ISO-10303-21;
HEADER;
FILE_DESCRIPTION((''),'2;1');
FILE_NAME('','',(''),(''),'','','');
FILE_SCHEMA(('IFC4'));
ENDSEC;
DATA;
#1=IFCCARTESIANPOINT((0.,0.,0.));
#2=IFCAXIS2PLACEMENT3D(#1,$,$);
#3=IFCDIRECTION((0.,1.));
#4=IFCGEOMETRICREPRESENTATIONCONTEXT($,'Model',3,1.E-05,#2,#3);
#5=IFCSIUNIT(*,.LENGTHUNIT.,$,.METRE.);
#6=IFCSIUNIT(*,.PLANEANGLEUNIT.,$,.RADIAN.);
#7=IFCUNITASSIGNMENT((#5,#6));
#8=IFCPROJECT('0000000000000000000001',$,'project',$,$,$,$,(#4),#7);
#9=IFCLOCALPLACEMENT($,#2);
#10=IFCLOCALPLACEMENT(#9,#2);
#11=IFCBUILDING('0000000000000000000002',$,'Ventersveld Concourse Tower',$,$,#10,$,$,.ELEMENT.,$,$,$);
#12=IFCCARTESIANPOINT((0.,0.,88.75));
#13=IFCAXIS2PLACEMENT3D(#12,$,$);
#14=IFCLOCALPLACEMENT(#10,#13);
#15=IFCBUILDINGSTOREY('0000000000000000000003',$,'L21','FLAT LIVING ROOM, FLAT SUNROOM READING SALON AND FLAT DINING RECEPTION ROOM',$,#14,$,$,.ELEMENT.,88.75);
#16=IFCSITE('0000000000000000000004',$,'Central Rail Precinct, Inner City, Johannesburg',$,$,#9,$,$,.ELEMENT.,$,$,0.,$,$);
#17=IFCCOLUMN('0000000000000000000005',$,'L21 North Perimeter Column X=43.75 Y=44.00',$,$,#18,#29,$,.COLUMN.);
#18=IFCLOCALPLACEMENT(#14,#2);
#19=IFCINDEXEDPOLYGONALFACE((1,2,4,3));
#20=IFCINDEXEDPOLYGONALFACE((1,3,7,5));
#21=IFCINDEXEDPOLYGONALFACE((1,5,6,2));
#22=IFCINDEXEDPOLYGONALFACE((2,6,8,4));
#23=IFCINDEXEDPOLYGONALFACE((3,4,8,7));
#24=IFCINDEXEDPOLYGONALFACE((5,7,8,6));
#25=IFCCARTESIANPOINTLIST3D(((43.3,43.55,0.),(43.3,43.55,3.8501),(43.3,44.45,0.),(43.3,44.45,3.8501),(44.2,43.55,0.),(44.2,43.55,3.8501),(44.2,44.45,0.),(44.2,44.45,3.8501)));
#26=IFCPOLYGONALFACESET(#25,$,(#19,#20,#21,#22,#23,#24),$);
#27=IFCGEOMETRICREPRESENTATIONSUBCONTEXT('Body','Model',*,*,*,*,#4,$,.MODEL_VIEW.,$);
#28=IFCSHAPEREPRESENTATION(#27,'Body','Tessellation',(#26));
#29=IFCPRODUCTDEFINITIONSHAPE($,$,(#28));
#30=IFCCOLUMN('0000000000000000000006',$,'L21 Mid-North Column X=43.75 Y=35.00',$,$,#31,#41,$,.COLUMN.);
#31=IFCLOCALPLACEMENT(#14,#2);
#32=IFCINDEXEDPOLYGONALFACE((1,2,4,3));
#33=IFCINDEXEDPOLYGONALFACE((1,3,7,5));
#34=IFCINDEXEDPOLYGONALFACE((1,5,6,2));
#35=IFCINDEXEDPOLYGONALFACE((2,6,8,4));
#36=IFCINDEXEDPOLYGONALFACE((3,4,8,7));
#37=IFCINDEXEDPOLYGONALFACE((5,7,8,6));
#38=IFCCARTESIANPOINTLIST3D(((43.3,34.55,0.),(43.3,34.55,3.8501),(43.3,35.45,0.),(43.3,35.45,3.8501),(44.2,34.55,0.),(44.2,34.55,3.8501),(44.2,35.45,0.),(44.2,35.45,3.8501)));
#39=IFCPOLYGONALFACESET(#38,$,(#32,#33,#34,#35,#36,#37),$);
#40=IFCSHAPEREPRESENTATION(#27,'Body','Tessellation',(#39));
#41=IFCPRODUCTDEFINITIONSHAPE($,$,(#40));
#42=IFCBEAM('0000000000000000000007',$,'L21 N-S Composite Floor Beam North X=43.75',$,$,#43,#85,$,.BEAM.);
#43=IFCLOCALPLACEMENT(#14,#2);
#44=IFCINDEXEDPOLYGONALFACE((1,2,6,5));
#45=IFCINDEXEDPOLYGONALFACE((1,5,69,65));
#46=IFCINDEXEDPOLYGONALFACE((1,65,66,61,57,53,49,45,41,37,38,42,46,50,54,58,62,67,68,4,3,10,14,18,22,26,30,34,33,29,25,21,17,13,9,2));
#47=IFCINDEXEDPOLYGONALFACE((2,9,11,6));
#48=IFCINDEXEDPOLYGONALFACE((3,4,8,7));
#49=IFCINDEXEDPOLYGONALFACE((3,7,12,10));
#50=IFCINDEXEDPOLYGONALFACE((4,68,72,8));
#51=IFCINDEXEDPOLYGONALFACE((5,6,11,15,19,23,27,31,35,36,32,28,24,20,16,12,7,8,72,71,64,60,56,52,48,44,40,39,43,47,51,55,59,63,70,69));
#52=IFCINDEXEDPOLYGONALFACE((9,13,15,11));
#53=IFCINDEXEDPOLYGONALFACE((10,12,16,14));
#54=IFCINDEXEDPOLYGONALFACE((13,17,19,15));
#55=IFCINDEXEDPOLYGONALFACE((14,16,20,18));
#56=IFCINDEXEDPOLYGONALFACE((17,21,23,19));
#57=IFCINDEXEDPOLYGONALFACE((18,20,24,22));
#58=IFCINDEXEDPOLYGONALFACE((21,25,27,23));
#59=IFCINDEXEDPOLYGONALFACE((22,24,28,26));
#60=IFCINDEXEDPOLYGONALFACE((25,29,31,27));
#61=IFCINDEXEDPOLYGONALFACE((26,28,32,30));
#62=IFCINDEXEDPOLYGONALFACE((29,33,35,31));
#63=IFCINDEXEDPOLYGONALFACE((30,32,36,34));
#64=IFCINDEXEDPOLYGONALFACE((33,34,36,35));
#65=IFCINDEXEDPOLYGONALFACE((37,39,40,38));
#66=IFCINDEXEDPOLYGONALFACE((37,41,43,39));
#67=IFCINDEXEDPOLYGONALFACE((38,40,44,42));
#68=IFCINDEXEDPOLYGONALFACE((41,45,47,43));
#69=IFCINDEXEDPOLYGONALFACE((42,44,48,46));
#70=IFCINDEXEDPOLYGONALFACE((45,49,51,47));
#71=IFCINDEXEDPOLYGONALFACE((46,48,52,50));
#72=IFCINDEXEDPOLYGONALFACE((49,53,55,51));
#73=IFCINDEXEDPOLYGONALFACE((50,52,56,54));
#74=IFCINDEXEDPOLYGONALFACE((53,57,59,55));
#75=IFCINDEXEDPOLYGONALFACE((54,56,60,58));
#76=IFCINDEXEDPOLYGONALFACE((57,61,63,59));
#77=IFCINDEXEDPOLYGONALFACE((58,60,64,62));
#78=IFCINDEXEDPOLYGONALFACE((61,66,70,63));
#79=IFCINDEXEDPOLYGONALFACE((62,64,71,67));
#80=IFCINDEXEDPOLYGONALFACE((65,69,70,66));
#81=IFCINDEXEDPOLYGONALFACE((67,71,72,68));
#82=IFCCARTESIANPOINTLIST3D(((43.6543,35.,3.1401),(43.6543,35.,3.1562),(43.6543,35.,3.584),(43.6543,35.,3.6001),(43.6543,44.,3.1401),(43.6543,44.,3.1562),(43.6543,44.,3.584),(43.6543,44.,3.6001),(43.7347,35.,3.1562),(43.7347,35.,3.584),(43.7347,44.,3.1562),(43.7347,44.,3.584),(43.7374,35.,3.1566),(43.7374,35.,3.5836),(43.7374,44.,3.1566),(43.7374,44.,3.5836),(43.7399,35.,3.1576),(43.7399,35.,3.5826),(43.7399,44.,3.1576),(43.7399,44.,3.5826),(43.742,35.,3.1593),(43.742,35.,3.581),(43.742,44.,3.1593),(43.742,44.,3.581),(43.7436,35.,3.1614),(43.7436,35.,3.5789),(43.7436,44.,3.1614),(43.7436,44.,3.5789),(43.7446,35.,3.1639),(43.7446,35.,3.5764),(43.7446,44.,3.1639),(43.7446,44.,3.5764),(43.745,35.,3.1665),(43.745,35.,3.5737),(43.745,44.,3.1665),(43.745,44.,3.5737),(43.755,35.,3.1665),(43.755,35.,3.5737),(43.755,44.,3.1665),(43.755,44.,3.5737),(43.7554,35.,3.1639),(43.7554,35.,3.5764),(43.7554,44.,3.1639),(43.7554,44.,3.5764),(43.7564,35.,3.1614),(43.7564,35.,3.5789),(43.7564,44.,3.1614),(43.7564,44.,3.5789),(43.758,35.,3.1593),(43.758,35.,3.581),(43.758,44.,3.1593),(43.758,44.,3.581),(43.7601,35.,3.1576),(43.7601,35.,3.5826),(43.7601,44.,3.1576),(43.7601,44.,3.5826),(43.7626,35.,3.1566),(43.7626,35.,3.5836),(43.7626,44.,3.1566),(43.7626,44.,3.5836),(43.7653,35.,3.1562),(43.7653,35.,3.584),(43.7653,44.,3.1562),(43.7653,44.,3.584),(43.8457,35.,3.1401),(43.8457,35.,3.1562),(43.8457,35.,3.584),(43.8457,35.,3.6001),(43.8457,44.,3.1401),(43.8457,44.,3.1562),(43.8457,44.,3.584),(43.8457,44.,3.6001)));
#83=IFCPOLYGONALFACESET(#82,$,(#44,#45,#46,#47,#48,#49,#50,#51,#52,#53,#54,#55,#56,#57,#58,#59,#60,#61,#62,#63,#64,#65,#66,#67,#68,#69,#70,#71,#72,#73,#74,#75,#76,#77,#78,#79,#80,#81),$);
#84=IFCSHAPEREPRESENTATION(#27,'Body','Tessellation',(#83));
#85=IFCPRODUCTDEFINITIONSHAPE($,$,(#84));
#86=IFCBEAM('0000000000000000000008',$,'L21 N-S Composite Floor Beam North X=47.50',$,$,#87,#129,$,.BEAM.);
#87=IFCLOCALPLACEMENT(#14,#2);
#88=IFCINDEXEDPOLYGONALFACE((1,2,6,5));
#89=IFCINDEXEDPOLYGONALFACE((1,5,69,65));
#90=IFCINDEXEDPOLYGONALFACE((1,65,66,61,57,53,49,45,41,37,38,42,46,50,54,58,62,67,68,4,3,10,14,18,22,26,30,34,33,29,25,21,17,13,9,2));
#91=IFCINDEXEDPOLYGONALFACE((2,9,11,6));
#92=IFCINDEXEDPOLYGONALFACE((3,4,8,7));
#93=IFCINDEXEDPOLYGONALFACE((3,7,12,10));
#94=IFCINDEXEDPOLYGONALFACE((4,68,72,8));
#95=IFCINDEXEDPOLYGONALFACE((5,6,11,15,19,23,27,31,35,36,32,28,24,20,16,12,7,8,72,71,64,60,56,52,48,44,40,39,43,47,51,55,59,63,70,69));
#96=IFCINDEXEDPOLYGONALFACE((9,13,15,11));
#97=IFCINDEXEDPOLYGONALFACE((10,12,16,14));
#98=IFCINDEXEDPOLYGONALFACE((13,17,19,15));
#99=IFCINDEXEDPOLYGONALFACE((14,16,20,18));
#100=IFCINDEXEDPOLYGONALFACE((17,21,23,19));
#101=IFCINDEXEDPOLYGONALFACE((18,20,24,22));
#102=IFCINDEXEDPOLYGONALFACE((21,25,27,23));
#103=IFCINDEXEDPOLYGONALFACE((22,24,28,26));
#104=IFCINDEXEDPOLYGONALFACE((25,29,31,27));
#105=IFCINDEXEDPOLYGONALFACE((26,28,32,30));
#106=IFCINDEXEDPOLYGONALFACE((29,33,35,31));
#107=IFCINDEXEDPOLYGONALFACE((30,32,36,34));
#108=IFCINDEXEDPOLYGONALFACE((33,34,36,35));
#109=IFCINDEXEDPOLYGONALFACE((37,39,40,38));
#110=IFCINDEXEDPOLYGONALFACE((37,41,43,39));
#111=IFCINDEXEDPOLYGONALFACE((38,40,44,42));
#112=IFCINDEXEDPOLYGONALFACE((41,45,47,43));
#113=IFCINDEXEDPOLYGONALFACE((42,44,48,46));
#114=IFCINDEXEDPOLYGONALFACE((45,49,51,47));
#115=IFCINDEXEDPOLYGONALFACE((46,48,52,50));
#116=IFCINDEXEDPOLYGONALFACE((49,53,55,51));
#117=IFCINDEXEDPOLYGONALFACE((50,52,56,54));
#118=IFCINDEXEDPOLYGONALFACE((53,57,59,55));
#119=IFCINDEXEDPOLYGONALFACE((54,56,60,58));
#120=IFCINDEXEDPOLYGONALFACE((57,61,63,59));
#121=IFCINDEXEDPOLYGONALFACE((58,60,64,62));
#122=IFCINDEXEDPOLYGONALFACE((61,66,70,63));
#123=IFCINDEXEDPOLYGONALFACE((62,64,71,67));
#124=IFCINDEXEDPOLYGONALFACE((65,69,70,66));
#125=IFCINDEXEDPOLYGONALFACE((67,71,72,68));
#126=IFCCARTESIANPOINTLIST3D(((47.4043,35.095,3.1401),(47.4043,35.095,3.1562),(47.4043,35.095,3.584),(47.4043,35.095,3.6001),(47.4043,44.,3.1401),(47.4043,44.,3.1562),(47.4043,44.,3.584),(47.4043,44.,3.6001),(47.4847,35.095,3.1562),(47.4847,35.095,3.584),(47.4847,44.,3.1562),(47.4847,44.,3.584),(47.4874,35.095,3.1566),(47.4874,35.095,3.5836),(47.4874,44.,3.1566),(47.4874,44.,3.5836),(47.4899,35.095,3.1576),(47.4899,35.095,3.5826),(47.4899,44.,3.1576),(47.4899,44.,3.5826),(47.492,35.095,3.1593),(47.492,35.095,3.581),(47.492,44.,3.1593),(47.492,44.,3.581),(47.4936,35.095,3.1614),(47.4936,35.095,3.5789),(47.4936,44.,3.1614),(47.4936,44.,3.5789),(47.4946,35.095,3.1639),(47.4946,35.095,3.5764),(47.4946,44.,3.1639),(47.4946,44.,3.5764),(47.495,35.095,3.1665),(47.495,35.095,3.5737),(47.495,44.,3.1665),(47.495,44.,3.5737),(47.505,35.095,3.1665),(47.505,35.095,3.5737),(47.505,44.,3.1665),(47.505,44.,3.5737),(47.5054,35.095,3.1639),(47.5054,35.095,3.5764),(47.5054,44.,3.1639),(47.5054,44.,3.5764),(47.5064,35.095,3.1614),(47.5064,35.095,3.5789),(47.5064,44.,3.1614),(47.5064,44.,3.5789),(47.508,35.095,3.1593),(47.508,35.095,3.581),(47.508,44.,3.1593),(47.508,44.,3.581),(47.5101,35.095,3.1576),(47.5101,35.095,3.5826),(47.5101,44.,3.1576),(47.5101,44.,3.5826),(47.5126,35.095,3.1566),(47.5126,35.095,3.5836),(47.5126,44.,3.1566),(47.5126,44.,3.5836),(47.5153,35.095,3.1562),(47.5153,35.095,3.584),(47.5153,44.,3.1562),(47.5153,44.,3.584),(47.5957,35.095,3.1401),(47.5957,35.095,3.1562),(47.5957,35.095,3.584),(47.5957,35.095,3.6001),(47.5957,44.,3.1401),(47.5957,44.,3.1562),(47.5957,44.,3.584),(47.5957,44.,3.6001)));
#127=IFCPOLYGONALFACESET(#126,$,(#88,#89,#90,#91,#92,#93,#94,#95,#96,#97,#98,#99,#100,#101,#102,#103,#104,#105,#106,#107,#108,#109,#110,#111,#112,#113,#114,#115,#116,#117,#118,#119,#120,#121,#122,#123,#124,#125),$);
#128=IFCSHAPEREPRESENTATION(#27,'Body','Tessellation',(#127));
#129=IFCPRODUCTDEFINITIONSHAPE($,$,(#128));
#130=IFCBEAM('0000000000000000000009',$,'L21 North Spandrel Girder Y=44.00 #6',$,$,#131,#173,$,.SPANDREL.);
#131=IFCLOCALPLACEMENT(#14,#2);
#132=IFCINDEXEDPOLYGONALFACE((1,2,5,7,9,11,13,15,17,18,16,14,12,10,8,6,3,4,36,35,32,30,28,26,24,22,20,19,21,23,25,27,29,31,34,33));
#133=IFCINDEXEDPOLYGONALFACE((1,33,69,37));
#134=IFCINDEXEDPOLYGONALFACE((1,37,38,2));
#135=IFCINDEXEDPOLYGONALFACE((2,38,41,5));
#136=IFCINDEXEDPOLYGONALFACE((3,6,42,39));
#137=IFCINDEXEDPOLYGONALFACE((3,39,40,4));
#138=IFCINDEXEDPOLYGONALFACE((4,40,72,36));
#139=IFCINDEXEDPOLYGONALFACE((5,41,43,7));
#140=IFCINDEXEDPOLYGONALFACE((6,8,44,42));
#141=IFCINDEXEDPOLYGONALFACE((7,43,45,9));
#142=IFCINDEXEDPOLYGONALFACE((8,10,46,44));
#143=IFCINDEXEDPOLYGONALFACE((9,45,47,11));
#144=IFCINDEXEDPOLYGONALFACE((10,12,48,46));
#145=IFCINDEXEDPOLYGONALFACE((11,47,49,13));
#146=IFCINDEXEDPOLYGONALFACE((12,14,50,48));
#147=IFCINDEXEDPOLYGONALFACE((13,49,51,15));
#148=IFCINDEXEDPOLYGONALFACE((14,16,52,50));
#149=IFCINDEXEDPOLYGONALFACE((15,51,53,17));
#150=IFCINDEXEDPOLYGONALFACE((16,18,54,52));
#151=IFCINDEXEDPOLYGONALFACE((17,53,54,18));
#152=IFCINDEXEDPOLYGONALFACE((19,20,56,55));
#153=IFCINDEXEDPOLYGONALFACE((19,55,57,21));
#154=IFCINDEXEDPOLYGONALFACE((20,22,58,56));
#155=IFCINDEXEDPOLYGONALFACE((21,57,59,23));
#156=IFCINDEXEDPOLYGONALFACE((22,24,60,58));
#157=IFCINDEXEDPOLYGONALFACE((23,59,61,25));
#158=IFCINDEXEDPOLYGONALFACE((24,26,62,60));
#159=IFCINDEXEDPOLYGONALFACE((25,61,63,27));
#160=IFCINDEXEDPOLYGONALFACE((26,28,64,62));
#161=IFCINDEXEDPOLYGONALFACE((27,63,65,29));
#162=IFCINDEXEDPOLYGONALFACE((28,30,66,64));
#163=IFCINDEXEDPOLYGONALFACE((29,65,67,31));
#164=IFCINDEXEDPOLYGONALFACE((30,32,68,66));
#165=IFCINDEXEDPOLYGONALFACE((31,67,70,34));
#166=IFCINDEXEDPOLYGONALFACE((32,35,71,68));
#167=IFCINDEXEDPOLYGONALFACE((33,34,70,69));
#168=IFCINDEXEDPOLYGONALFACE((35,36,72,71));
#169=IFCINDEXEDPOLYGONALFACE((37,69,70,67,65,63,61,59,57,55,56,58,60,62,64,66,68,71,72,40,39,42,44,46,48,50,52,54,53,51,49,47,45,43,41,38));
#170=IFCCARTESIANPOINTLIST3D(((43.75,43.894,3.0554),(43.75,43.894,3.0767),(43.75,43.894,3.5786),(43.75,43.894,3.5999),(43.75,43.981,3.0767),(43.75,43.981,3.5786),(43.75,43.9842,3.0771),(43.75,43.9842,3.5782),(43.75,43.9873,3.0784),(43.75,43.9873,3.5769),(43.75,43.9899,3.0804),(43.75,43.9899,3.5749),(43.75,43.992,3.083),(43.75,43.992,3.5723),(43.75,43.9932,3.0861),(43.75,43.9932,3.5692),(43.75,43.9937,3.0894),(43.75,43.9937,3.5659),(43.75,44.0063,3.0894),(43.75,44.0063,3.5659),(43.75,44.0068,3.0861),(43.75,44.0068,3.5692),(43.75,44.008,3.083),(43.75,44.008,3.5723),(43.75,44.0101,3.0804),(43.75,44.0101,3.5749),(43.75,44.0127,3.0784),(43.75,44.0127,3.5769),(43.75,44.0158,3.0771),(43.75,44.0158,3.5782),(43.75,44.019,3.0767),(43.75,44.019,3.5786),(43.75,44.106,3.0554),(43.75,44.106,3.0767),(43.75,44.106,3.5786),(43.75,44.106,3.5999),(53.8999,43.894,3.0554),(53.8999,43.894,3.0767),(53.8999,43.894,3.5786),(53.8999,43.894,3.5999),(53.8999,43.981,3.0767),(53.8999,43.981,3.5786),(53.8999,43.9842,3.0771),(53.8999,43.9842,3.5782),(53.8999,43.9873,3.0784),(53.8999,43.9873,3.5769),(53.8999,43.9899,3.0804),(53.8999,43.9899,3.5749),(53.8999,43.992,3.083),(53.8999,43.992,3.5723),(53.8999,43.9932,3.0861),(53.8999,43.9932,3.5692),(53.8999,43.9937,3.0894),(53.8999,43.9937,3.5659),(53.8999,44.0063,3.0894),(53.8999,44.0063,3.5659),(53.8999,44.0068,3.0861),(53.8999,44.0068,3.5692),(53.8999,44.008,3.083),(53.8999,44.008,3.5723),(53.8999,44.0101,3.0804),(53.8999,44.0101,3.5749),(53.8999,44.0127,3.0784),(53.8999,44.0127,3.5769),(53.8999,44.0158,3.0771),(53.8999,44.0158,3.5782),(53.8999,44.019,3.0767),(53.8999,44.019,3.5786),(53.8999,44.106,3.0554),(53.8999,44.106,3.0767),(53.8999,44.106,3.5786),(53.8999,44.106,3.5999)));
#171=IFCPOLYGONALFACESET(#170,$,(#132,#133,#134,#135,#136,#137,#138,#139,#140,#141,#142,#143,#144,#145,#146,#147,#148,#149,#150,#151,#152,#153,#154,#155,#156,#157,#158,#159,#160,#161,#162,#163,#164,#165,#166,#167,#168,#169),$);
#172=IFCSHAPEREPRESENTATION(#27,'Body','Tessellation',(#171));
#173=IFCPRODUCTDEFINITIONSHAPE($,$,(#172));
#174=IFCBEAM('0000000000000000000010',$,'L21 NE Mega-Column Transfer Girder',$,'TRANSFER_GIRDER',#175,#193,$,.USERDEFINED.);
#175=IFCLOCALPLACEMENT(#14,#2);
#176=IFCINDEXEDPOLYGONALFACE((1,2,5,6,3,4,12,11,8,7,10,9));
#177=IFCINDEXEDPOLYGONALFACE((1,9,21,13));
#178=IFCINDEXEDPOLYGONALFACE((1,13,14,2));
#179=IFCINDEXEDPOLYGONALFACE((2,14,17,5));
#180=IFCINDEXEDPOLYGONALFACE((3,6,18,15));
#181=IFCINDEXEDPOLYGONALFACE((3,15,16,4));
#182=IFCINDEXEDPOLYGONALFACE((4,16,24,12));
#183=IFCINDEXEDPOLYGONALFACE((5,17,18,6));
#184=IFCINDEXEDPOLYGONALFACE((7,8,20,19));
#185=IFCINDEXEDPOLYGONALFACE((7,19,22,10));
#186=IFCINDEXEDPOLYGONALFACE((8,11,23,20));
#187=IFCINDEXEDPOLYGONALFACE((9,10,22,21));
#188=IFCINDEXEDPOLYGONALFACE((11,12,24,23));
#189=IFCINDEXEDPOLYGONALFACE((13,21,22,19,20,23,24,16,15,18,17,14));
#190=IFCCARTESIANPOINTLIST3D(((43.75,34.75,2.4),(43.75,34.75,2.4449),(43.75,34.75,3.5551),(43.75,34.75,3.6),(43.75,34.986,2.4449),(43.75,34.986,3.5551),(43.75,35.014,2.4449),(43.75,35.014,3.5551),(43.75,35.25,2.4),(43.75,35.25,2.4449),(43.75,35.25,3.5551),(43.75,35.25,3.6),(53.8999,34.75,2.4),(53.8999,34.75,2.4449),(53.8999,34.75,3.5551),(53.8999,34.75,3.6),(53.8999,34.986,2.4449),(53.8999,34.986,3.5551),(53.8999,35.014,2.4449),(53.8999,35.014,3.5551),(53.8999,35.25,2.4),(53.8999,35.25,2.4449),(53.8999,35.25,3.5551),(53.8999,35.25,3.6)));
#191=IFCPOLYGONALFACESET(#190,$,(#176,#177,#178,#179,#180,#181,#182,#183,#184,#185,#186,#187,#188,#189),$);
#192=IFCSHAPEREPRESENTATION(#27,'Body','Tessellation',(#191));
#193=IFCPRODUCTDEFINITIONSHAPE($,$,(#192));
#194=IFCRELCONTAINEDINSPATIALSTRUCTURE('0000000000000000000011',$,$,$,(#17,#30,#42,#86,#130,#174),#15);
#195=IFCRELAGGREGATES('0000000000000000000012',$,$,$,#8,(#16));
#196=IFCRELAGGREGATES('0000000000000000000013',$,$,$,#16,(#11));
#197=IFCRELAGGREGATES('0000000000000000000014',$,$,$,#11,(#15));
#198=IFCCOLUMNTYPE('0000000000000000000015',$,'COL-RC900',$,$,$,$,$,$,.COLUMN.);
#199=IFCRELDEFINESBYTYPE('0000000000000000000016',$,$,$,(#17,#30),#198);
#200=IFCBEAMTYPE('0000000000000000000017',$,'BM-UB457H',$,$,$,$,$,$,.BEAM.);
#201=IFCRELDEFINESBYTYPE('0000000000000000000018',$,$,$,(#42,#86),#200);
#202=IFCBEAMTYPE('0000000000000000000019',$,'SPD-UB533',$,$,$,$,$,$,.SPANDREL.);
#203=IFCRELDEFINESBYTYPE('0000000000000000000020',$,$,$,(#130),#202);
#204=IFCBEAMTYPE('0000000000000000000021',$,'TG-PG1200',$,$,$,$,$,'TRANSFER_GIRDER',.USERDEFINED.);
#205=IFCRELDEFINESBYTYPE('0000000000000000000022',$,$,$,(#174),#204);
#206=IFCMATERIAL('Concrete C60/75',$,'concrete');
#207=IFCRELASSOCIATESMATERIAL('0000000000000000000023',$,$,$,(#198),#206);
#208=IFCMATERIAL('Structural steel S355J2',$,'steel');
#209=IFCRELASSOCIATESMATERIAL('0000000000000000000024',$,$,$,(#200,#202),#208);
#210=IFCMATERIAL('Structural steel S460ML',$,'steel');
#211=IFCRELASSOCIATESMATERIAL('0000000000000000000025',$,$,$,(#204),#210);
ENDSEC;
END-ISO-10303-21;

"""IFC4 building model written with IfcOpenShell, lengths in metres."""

from ifc_helpers import new_model, si_unit, direction, frame, origin, origin_2d, place, context, subcontext, project, spatial, rectangle, i_section, extrude, material, material_profile, profile_set, type_object, element, save


model = new_model("IFC4")

# Units and contexts
model_context = context("Model", 3, precision=1e-05, world=origin(), true_north=direction((0.0, 1.0)))
body_context = subcontext(model_context, "Body", "Model", "MODEL_VIEW")
ifc_project = project(units=[si_unit("LENGTHUNIT", "METRE"), si_unit("PLANEANGLEUNIT", "RADIAN")], contexts=[model_context])

# Site, building, storey
site_placement = place(None, origin())
site = spatial("IfcSite", under=ifc_project, at=site_placement, Name="Central Rail Precinct, Inner City, Johannesburg", CompositionType="ELEMENT", RefElevation=0.0)
building_placement = place(site_placement, origin())
building = spatial("IfcBuilding", under=site, at=building_placement, Name="Ventersveld Concourse Tower", CompositionType="ELEMENT")
storey_placement = place(building_placement, frame((0.0, 0.0, 88.75)))
storey = spatial("IfcBuildingStorey", under=building, at=storey_placement, Name="L21", Description="FLAT LIVING ROOM, FLAT SUNROOM READING SALON AND FLAT DINING RECEPTION ROOM", CompositionType="ELEMENT", Elevation=88.75)

# Columns
ifc_material_1 = material(Name="Concrete C60/75", Category="concrete")
ifc_material_profile_1 = material_profile(ifc_material_1, rectangle(XDim=0.8999, YDim=0.8999, at=origin_2d()), Name="RC 900x900")
ifc_profile_set_1 = profile_set([ifc_material_profile_1], Name="Concrete C60/75")
column_type = type_object("IfcColumnType", Name="COL-RC900", PredefinedType="COLUMN", material=ifc_profile_set_1)
for number, where, z_axis, x_axis, name in (
    (1, (43.75, 44.0, 0.0), (0.0, 0.0, 1.0), (1.0, 0.0, 0.0), "L21 North Perimeter Column X=43.75 Y=44.00"),
    (2, (43.75, 35.0, 0.0), (0.0, 0.0, 1.0), (1.0, 0.0, 0.0), "L21 Mid-North Column X=43.75 Y=35.00"),
):
    element("IfcColumn", number, at=place(storey_placement, frame(where, z_axis=z_axis, x_axis=x_axis)), inside=storey, type_object=column_type, Name=name, PredefinedType="COLUMN", context=body_context, shape_type="SweptSolid", body=[
        extrude(rectangle(XDim=0.8999, YDim=0.8999, at=origin_2d()), origin(), (0.0, 0.0, 1.0), 3.8501),
    ])

# Beams
ifc_material_2 = material(Name="Structural steel S355J2", Category="steel")
ifc_material_profile_2 = material_profile(ifc_material_2, i_section(OverallWidth=0.1914, OverallDepth=0.46, WebThickness=0.01, FlangeThickness=0.0161, FilletRadius=0.0103, at=origin_2d()), Name="UB 457x191x82")
ifc_profile_set_2 = profile_set([ifc_material_profile_2], Name="Structural steel S355J2")
beam_type_1 = type_object("IfcBeamType", Name="BM-UB457H", PredefinedType="BEAM", material=ifc_profile_set_2)
beam_1_placement = place(storey_placement, frame((43.75, 35.0, 3.3701), z_axis=(0.0, 1.0, 0.0), x_axis=(-1.0, 0.0, 0.0)))
element("IfcBeam", 3, at=beam_1_placement, inside=storey, type_object=beam_type_1, Name="L21 N-S Composite Floor Beam North X=43.75", PredefinedType="BEAM", context=body_context, shape_type="SweptSolid", body=[
    extrude(i_section(OverallWidth=0.1914, OverallDepth=0.46, WebThickness=0.01, FlangeThickness=0.0161, FilletRadius=0.0103, at=origin_2d()), origin(), (0.0, 0.0, 1.0), 9.0),
])
beam_2_placement = place(storey_placement, frame((47.5, 35.095, 3.3701), z_axis=(0.0, 1.0, 0.0), x_axis=(-1.0, 0.0, 0.0)))
element("IfcBeam", 4, at=beam_2_placement, inside=storey, type_object=beam_type_1, Name="L21 N-S Composite Floor Beam North X=47.50", PredefinedType="BEAM", context=body_context, shape_type="SweptSolid", body=[
    extrude(i_section(OverallWidth=0.1914, OverallDepth=0.46, WebThickness=0.01, FlangeThickness=0.0161, FilletRadius=0.0103, at=origin_2d()), origin(), (0.0, 0.0, 1.0), 8.905),
])
ifc_material_profile_3 = material_profile(ifc_material_2, i_section(OverallWidth=0.2119, OverallDepth=0.5444, WebThickness=0.0127, FlangeThickness=0.0212, FilletRadius=0.0127, at=origin_2d()), Name="UB 533x210x122")
ifc_profile_set_3 = profile_set([ifc_material_profile_3], Name="Structural steel S355J2")
beam_type_2 = type_object("IfcBeamType", Name="SPD-UB533", PredefinedType="SPANDREL", material=ifc_profile_set_3)
beam_3_placement = place(storey_placement, frame((43.75, 44.0, 3.3276), z_axis=(1.0, 0.0, 0.0), x_axis=(0.0, 1.0, 0.0)))
element("IfcBeam", 5, at=beam_3_placement, inside=storey, type_object=beam_type_2, Name="L21 North Spandrel Girder Y=44.00 #6", PredefinedType="SPANDREL", context=body_context, shape_type="SweptSolid", body=[
    extrude(i_section(OverallWidth=0.2119, OverallDepth=0.5444, WebThickness=0.0127, FlangeThickness=0.0212, FilletRadius=0.0127, at=origin_2d()), origin(), (0.0, 0.0, 1.0), 10.1499),
])
ifc_material_3 = material(Name="Structural steel S460ML", Category="steel")
ifc_material_profile_4 = material_profile(ifc_material_3, i_section(OverallWidth=0.5, OverallDepth=1.2, WebThickness=0.0281, FlangeThickness=0.0449, at=origin_2d()), Name="PG 1200x500x45")
ifc_profile_set_4 = profile_set([ifc_material_profile_4], Name="Structural steel S460ML")
beam_type_3 = type_object("IfcBeamType", Name="TG-PG1200", ElementType="TRANSFER_GIRDER", PredefinedType="USERDEFINED", material=ifc_profile_set_4)
beam_4_placement = place(storey_placement, frame((43.75, 35.0, 3.0), z_axis=(1.0, 0.0, 0.0), x_axis=(0.0, 1.0, 0.0)))
element("IfcBeam", 6, at=beam_4_placement, inside=storey, type_object=beam_type_3, Name="L21 NE Mega-Column Transfer Girder", ObjectType="TRANSFER_GIRDER", PredefinedType="USERDEFINED", context=body_context, shape_type="SweptSolid", body=[
    extrude(i_section(OverallWidth=0.5, OverallDepth=1.2, WebThickness=0.0281, FlangeThickness=0.0449, at=origin_2d()), origin(), (0.0, 0.0, 1.0), 10.1499),
])

save(model, "model.ifc")
